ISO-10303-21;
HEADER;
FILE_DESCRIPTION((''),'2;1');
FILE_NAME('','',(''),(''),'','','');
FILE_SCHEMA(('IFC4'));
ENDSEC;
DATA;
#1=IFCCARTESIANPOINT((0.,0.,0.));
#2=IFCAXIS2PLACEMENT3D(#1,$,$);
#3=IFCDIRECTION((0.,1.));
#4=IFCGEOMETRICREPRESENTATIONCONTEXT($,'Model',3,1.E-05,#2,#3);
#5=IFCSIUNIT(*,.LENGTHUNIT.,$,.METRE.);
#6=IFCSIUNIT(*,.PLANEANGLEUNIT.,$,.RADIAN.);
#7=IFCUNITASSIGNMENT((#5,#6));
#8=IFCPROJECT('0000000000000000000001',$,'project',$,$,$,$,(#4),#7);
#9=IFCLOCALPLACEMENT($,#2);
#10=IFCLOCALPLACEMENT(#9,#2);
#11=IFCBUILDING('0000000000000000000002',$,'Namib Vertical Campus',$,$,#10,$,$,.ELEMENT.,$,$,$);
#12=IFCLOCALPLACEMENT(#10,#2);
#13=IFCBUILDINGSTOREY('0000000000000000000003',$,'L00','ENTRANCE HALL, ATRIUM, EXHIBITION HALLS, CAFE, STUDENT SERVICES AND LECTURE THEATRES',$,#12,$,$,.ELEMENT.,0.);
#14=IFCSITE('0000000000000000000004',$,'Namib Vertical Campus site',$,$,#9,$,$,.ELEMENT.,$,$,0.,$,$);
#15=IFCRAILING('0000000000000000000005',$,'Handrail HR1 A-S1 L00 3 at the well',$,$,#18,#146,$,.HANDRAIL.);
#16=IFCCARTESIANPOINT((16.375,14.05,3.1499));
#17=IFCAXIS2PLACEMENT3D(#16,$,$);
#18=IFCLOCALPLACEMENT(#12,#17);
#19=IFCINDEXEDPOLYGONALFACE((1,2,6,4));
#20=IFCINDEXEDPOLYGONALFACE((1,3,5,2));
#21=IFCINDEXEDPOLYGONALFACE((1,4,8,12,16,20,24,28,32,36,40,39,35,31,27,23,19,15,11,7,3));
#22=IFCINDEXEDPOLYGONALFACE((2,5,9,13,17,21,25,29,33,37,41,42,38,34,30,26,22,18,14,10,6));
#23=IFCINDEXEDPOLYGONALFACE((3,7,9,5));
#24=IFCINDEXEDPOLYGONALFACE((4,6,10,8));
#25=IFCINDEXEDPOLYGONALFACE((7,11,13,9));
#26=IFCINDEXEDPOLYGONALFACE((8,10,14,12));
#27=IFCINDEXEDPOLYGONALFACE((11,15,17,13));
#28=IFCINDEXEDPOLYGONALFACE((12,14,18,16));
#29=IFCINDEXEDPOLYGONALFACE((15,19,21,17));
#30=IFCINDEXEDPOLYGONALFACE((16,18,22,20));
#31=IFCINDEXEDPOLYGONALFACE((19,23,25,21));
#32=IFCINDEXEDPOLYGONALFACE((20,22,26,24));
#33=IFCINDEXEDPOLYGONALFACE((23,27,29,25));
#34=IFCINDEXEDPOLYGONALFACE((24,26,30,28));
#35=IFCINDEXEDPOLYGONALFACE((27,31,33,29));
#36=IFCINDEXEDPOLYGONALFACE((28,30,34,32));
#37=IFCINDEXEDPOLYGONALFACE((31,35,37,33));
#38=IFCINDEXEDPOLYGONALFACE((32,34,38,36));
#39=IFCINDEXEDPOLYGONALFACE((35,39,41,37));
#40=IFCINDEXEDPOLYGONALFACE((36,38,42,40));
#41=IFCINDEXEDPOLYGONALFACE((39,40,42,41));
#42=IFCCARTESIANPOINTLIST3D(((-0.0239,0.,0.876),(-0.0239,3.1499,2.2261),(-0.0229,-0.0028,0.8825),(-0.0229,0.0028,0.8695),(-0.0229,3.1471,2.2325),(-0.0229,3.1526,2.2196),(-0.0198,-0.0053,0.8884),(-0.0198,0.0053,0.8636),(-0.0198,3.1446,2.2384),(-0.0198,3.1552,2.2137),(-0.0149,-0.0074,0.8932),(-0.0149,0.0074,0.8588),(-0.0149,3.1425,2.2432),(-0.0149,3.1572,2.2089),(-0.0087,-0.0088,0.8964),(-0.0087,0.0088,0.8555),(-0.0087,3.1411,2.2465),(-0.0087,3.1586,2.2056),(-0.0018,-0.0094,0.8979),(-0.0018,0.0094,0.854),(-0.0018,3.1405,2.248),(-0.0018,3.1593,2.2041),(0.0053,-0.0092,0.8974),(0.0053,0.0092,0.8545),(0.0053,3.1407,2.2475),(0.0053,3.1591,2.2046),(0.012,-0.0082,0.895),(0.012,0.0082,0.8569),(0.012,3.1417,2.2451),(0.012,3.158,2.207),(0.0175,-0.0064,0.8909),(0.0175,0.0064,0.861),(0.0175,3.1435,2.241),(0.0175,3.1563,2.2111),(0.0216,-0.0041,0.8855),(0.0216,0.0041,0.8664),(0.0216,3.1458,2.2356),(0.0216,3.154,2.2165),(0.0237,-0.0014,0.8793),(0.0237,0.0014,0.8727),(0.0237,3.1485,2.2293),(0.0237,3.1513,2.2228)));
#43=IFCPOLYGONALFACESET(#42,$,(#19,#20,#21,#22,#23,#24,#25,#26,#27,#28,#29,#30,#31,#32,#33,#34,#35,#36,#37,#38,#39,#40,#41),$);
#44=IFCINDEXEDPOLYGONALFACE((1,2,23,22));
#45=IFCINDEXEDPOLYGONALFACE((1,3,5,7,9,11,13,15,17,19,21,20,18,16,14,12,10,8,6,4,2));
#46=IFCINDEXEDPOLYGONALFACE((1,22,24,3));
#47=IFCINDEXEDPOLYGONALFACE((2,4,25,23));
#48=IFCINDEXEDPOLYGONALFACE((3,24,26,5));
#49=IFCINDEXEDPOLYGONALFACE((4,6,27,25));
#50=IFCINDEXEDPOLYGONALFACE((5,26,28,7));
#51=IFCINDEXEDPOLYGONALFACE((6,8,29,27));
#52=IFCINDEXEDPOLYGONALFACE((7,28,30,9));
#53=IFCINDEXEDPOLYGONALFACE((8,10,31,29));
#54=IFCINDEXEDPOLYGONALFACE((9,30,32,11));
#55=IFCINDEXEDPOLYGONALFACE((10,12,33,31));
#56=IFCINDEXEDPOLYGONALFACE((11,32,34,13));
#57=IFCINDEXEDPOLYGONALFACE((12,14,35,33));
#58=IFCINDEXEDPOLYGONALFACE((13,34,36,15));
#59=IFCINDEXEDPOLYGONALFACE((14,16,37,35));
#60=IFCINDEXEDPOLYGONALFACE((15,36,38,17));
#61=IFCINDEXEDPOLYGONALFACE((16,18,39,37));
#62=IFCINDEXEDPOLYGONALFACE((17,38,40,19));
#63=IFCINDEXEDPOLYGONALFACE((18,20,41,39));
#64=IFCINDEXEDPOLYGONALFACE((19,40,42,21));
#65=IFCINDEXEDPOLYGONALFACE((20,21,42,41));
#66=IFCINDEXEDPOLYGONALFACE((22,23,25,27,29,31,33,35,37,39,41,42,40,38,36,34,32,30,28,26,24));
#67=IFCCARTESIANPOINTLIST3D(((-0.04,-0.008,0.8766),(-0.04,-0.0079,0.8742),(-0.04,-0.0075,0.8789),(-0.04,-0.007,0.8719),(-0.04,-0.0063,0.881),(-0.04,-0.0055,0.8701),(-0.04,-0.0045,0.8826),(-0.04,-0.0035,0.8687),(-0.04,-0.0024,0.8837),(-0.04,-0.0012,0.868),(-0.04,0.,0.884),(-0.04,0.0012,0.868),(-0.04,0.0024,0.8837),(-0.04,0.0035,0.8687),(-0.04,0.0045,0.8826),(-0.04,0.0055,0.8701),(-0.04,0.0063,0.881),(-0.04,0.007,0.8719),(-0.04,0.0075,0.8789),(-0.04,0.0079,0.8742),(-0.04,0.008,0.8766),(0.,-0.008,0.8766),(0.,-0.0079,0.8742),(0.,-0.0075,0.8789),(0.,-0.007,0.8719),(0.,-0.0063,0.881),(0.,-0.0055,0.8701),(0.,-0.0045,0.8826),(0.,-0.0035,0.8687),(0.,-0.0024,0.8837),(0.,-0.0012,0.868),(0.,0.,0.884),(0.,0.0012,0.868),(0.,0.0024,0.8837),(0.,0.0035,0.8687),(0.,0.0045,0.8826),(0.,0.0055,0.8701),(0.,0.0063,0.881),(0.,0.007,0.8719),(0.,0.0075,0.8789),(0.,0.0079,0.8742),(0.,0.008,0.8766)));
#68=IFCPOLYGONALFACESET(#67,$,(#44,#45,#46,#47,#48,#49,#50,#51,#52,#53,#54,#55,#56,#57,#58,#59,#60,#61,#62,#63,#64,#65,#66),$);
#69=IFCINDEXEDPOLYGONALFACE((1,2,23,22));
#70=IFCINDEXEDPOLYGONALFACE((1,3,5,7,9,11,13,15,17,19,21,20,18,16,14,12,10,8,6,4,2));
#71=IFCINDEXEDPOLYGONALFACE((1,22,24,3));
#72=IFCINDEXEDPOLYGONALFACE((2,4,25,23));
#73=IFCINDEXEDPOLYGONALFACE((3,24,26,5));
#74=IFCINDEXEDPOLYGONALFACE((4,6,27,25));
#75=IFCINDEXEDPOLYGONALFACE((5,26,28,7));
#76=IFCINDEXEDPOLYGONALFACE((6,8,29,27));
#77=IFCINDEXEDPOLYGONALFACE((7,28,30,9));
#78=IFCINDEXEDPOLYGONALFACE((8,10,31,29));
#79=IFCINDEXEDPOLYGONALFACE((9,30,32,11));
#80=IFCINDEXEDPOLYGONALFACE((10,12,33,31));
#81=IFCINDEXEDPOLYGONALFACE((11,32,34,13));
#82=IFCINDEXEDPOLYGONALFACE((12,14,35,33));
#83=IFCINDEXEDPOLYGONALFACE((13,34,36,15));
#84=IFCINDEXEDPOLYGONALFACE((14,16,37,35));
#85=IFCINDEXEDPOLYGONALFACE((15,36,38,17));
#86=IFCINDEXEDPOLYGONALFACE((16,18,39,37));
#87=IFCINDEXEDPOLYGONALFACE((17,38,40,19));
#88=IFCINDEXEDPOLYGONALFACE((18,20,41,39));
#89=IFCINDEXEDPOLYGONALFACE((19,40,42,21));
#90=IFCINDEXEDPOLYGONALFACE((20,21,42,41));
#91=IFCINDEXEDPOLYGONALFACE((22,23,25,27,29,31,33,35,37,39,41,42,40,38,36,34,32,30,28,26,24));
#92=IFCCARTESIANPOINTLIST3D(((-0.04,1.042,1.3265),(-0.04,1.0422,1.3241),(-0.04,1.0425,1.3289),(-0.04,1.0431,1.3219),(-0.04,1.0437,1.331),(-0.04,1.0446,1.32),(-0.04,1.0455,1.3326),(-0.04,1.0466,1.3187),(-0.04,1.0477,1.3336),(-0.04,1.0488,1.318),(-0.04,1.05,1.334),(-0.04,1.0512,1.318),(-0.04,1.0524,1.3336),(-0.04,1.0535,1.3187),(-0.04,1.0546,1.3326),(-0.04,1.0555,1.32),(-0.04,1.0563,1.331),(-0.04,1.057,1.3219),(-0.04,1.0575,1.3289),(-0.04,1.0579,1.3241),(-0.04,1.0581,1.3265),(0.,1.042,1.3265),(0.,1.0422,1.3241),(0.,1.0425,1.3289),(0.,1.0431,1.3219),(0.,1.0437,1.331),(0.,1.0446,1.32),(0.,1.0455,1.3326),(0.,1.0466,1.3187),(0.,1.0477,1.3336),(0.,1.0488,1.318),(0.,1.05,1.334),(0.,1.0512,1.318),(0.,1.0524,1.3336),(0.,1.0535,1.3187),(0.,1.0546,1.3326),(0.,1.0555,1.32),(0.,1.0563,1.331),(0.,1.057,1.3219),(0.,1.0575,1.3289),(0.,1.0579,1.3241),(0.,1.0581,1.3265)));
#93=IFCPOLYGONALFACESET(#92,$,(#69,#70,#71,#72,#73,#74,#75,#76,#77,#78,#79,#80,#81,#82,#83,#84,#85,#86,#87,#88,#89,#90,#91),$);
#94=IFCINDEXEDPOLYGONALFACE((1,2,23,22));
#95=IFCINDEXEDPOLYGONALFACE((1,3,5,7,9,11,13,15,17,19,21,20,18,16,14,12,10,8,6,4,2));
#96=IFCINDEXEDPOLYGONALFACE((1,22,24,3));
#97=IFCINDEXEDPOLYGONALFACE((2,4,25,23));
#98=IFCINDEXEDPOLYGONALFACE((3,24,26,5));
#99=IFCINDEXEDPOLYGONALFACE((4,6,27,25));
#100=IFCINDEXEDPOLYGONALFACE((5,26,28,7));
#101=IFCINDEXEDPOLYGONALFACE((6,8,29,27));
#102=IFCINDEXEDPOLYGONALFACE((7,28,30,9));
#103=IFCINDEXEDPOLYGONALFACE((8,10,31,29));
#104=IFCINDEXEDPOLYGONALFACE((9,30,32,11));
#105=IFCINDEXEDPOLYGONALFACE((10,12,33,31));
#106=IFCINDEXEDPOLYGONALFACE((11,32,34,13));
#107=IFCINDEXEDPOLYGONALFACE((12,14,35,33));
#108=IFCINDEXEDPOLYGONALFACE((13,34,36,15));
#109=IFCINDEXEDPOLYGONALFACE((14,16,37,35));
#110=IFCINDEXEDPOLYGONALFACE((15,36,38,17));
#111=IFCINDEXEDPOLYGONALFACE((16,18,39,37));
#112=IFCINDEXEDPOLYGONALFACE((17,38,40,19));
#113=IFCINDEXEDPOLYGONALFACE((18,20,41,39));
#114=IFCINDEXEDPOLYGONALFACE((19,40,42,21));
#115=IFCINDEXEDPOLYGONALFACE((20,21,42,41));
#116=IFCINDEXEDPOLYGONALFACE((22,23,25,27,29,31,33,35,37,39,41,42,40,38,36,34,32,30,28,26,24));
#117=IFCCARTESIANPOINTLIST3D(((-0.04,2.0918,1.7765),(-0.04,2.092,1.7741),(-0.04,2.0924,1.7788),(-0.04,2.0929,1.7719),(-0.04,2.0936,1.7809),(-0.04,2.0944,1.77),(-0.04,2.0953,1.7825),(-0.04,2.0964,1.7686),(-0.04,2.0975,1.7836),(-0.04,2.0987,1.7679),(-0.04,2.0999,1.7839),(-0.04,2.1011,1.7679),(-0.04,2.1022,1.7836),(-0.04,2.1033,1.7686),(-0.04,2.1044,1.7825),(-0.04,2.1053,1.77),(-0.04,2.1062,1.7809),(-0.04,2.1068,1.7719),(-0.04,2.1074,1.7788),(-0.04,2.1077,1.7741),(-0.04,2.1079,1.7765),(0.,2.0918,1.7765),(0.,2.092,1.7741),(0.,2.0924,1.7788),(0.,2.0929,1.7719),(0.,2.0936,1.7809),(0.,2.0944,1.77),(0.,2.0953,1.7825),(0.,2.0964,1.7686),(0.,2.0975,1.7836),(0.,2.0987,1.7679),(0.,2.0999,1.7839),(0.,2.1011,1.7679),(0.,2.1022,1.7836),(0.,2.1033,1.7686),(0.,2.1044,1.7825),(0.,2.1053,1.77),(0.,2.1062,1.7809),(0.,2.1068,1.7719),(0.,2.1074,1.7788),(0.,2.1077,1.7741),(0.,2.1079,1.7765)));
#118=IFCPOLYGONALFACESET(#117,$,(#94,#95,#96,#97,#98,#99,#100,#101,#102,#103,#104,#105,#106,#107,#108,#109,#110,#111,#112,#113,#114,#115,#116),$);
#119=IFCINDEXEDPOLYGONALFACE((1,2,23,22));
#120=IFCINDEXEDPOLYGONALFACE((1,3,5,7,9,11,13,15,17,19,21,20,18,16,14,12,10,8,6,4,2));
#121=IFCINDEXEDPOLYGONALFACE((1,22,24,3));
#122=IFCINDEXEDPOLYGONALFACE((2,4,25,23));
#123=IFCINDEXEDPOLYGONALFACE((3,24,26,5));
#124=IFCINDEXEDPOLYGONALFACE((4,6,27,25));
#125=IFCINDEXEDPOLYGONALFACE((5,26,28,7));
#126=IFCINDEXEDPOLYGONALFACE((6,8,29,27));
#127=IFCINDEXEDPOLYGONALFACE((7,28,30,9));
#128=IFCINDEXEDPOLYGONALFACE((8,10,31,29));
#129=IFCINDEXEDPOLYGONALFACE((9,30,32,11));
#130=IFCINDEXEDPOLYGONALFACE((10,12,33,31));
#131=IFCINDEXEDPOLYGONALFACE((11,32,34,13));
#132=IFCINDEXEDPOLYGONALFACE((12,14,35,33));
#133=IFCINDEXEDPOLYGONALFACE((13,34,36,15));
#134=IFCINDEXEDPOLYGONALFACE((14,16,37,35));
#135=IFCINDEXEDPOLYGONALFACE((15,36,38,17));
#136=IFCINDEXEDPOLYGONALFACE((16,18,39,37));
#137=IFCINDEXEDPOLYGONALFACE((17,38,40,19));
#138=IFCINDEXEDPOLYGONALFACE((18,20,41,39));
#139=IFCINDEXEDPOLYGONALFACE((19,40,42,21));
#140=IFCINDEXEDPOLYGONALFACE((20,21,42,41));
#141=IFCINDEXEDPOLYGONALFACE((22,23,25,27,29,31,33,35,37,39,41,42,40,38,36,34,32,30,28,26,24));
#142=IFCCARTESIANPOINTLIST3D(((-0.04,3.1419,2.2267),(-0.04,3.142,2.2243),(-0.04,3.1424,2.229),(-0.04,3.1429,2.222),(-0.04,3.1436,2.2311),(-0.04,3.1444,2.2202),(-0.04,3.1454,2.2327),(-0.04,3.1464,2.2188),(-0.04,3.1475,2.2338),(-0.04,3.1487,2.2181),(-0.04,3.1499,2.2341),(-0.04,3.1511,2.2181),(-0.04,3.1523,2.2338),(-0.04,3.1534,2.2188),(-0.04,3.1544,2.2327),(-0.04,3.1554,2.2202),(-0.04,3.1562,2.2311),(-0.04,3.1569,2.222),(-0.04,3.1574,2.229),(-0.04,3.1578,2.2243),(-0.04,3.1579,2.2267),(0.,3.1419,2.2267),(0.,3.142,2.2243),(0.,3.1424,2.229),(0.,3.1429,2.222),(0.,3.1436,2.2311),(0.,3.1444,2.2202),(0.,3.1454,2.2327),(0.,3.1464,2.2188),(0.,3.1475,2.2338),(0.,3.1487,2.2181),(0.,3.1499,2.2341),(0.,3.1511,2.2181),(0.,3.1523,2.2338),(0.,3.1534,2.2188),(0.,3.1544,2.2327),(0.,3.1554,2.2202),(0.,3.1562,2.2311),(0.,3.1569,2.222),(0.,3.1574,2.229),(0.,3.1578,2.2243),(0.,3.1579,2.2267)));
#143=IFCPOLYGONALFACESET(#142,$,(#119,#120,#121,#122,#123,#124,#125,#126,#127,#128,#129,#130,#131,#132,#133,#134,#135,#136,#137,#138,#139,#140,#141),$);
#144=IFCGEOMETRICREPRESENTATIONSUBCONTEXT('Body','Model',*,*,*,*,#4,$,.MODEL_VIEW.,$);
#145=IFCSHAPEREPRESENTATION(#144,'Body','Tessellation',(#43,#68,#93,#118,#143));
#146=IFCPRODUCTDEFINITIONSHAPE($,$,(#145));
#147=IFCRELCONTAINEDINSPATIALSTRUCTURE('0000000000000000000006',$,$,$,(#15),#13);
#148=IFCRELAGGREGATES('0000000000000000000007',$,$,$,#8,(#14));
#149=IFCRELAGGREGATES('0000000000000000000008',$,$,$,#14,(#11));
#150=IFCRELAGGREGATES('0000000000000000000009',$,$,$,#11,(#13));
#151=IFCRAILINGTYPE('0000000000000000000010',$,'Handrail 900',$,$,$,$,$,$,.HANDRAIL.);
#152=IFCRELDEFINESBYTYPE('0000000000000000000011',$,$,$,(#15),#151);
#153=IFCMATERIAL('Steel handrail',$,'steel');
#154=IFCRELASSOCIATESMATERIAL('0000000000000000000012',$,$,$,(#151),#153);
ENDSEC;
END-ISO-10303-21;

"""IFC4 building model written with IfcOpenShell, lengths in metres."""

from ifc_helpers import new_model, si_unit, direction, frame, origin, origin_2d, place, context, subcontext, project, spatial, circle, extrude, material, type_object, element, save


model = new_model("IFC4")

# Units and contexts
model_context = context("Model", 3, precision=1e-05, world=origin(), true_north=direction((0.0, 1.0)))
body_context = subcontext(model_context, "Body", "Model", "MODEL_VIEW")
ifc_project = project(units=[si_unit("LENGTHUNIT", "METRE"), si_unit("PLANEANGLEUNIT", "RADIAN")], contexts=[model_context])

# Site, building, storey
site_placement = place(None, origin())
site = spatial("IfcSite", under=ifc_project, at=site_placement, Name="Namib Vertical Campus site", CompositionType="ELEMENT", RefElevation=0.0)
building_placement = place(site_placement, origin())
building = spatial("IfcBuilding", under=site, at=building_placement, Name="Namib Vertical Campus", CompositionType="ELEMENT")
storey_placement = place(building_placement, origin())
storey = spatial("IfcBuildingStorey", under=building, at=storey_placement, Name="L00", Description="ENTRANCE HALL, ATRIUM, EXHIBITION HALLS, CAFE, STUDENT SERVICES AND LECTURE THEATRES", CompositionType="ELEMENT", Elevation=0.0)

# Railing
ifc_material_1 = material(Name="Steel handrail", Category="steel")
railing_type_1 = type_object("IfcRailingType", Name="Handrail 900", PredefinedType="HANDRAIL", material=ifc_material_1)
for number, where, name in (
    (1, (16.375, 14.05, 3.1499), "Handrail HR1 A-S1 L00 3 at the well"),
):
    element("IfcRailing", number, at=place(storey_placement, frame(where)), inside=storey, type_object=railing_type_1, Name=name, PredefinedType="HANDRAIL", context=body_context, shape_type="SweptSolid", body=[
        extrude(circle(Radius=0.0239, at=origin_2d()), frame((0.0, 0.0, 0.876), z_axis=(0.0, 0.91913, 0.393954), x_axis=(-1.0, 0.0, 0.0)), (0.0, 0.0, 1.0), 3.427),
        extrude(circle(Radius=0.0081, at=origin_2d()), frame((0.0, 0.0, 0.876), z_axis=(-1.0, 0.0, 0.0), x_axis=(0.0, 0.0, 1.0)), (0.0, 0.0, 1.0), 0.04),
        extrude(circle(Radius=0.0081, at=origin_2d()), frame((0.0, 1.05, 1.3259), z_axis=(-1.0, 0.0, 0.0), x_axis=(0.0, 0.0, 1.0)), (0.0, 0.0, 1.0), 0.04),
        extrude(circle(Radius=0.0081, at=origin_2d()), frame((0.0, 2.0999, 1.7759), z_axis=(-1.0, 0.0, 0.0), x_axis=(0.0, 0.0, 1.0)), (0.0, 0.0, 1.0), 0.04),
        extrude(circle(Radius=0.0081, at=origin_2d()), frame((0.0, 3.1499, 2.2261), z_axis=(-1.0, 0.0, 0.0), x_axis=(0.0, 0.0, 1.0)), (0.0, 0.0, 1.0), 0.04),
    ])

save(model, "model.ifc")
